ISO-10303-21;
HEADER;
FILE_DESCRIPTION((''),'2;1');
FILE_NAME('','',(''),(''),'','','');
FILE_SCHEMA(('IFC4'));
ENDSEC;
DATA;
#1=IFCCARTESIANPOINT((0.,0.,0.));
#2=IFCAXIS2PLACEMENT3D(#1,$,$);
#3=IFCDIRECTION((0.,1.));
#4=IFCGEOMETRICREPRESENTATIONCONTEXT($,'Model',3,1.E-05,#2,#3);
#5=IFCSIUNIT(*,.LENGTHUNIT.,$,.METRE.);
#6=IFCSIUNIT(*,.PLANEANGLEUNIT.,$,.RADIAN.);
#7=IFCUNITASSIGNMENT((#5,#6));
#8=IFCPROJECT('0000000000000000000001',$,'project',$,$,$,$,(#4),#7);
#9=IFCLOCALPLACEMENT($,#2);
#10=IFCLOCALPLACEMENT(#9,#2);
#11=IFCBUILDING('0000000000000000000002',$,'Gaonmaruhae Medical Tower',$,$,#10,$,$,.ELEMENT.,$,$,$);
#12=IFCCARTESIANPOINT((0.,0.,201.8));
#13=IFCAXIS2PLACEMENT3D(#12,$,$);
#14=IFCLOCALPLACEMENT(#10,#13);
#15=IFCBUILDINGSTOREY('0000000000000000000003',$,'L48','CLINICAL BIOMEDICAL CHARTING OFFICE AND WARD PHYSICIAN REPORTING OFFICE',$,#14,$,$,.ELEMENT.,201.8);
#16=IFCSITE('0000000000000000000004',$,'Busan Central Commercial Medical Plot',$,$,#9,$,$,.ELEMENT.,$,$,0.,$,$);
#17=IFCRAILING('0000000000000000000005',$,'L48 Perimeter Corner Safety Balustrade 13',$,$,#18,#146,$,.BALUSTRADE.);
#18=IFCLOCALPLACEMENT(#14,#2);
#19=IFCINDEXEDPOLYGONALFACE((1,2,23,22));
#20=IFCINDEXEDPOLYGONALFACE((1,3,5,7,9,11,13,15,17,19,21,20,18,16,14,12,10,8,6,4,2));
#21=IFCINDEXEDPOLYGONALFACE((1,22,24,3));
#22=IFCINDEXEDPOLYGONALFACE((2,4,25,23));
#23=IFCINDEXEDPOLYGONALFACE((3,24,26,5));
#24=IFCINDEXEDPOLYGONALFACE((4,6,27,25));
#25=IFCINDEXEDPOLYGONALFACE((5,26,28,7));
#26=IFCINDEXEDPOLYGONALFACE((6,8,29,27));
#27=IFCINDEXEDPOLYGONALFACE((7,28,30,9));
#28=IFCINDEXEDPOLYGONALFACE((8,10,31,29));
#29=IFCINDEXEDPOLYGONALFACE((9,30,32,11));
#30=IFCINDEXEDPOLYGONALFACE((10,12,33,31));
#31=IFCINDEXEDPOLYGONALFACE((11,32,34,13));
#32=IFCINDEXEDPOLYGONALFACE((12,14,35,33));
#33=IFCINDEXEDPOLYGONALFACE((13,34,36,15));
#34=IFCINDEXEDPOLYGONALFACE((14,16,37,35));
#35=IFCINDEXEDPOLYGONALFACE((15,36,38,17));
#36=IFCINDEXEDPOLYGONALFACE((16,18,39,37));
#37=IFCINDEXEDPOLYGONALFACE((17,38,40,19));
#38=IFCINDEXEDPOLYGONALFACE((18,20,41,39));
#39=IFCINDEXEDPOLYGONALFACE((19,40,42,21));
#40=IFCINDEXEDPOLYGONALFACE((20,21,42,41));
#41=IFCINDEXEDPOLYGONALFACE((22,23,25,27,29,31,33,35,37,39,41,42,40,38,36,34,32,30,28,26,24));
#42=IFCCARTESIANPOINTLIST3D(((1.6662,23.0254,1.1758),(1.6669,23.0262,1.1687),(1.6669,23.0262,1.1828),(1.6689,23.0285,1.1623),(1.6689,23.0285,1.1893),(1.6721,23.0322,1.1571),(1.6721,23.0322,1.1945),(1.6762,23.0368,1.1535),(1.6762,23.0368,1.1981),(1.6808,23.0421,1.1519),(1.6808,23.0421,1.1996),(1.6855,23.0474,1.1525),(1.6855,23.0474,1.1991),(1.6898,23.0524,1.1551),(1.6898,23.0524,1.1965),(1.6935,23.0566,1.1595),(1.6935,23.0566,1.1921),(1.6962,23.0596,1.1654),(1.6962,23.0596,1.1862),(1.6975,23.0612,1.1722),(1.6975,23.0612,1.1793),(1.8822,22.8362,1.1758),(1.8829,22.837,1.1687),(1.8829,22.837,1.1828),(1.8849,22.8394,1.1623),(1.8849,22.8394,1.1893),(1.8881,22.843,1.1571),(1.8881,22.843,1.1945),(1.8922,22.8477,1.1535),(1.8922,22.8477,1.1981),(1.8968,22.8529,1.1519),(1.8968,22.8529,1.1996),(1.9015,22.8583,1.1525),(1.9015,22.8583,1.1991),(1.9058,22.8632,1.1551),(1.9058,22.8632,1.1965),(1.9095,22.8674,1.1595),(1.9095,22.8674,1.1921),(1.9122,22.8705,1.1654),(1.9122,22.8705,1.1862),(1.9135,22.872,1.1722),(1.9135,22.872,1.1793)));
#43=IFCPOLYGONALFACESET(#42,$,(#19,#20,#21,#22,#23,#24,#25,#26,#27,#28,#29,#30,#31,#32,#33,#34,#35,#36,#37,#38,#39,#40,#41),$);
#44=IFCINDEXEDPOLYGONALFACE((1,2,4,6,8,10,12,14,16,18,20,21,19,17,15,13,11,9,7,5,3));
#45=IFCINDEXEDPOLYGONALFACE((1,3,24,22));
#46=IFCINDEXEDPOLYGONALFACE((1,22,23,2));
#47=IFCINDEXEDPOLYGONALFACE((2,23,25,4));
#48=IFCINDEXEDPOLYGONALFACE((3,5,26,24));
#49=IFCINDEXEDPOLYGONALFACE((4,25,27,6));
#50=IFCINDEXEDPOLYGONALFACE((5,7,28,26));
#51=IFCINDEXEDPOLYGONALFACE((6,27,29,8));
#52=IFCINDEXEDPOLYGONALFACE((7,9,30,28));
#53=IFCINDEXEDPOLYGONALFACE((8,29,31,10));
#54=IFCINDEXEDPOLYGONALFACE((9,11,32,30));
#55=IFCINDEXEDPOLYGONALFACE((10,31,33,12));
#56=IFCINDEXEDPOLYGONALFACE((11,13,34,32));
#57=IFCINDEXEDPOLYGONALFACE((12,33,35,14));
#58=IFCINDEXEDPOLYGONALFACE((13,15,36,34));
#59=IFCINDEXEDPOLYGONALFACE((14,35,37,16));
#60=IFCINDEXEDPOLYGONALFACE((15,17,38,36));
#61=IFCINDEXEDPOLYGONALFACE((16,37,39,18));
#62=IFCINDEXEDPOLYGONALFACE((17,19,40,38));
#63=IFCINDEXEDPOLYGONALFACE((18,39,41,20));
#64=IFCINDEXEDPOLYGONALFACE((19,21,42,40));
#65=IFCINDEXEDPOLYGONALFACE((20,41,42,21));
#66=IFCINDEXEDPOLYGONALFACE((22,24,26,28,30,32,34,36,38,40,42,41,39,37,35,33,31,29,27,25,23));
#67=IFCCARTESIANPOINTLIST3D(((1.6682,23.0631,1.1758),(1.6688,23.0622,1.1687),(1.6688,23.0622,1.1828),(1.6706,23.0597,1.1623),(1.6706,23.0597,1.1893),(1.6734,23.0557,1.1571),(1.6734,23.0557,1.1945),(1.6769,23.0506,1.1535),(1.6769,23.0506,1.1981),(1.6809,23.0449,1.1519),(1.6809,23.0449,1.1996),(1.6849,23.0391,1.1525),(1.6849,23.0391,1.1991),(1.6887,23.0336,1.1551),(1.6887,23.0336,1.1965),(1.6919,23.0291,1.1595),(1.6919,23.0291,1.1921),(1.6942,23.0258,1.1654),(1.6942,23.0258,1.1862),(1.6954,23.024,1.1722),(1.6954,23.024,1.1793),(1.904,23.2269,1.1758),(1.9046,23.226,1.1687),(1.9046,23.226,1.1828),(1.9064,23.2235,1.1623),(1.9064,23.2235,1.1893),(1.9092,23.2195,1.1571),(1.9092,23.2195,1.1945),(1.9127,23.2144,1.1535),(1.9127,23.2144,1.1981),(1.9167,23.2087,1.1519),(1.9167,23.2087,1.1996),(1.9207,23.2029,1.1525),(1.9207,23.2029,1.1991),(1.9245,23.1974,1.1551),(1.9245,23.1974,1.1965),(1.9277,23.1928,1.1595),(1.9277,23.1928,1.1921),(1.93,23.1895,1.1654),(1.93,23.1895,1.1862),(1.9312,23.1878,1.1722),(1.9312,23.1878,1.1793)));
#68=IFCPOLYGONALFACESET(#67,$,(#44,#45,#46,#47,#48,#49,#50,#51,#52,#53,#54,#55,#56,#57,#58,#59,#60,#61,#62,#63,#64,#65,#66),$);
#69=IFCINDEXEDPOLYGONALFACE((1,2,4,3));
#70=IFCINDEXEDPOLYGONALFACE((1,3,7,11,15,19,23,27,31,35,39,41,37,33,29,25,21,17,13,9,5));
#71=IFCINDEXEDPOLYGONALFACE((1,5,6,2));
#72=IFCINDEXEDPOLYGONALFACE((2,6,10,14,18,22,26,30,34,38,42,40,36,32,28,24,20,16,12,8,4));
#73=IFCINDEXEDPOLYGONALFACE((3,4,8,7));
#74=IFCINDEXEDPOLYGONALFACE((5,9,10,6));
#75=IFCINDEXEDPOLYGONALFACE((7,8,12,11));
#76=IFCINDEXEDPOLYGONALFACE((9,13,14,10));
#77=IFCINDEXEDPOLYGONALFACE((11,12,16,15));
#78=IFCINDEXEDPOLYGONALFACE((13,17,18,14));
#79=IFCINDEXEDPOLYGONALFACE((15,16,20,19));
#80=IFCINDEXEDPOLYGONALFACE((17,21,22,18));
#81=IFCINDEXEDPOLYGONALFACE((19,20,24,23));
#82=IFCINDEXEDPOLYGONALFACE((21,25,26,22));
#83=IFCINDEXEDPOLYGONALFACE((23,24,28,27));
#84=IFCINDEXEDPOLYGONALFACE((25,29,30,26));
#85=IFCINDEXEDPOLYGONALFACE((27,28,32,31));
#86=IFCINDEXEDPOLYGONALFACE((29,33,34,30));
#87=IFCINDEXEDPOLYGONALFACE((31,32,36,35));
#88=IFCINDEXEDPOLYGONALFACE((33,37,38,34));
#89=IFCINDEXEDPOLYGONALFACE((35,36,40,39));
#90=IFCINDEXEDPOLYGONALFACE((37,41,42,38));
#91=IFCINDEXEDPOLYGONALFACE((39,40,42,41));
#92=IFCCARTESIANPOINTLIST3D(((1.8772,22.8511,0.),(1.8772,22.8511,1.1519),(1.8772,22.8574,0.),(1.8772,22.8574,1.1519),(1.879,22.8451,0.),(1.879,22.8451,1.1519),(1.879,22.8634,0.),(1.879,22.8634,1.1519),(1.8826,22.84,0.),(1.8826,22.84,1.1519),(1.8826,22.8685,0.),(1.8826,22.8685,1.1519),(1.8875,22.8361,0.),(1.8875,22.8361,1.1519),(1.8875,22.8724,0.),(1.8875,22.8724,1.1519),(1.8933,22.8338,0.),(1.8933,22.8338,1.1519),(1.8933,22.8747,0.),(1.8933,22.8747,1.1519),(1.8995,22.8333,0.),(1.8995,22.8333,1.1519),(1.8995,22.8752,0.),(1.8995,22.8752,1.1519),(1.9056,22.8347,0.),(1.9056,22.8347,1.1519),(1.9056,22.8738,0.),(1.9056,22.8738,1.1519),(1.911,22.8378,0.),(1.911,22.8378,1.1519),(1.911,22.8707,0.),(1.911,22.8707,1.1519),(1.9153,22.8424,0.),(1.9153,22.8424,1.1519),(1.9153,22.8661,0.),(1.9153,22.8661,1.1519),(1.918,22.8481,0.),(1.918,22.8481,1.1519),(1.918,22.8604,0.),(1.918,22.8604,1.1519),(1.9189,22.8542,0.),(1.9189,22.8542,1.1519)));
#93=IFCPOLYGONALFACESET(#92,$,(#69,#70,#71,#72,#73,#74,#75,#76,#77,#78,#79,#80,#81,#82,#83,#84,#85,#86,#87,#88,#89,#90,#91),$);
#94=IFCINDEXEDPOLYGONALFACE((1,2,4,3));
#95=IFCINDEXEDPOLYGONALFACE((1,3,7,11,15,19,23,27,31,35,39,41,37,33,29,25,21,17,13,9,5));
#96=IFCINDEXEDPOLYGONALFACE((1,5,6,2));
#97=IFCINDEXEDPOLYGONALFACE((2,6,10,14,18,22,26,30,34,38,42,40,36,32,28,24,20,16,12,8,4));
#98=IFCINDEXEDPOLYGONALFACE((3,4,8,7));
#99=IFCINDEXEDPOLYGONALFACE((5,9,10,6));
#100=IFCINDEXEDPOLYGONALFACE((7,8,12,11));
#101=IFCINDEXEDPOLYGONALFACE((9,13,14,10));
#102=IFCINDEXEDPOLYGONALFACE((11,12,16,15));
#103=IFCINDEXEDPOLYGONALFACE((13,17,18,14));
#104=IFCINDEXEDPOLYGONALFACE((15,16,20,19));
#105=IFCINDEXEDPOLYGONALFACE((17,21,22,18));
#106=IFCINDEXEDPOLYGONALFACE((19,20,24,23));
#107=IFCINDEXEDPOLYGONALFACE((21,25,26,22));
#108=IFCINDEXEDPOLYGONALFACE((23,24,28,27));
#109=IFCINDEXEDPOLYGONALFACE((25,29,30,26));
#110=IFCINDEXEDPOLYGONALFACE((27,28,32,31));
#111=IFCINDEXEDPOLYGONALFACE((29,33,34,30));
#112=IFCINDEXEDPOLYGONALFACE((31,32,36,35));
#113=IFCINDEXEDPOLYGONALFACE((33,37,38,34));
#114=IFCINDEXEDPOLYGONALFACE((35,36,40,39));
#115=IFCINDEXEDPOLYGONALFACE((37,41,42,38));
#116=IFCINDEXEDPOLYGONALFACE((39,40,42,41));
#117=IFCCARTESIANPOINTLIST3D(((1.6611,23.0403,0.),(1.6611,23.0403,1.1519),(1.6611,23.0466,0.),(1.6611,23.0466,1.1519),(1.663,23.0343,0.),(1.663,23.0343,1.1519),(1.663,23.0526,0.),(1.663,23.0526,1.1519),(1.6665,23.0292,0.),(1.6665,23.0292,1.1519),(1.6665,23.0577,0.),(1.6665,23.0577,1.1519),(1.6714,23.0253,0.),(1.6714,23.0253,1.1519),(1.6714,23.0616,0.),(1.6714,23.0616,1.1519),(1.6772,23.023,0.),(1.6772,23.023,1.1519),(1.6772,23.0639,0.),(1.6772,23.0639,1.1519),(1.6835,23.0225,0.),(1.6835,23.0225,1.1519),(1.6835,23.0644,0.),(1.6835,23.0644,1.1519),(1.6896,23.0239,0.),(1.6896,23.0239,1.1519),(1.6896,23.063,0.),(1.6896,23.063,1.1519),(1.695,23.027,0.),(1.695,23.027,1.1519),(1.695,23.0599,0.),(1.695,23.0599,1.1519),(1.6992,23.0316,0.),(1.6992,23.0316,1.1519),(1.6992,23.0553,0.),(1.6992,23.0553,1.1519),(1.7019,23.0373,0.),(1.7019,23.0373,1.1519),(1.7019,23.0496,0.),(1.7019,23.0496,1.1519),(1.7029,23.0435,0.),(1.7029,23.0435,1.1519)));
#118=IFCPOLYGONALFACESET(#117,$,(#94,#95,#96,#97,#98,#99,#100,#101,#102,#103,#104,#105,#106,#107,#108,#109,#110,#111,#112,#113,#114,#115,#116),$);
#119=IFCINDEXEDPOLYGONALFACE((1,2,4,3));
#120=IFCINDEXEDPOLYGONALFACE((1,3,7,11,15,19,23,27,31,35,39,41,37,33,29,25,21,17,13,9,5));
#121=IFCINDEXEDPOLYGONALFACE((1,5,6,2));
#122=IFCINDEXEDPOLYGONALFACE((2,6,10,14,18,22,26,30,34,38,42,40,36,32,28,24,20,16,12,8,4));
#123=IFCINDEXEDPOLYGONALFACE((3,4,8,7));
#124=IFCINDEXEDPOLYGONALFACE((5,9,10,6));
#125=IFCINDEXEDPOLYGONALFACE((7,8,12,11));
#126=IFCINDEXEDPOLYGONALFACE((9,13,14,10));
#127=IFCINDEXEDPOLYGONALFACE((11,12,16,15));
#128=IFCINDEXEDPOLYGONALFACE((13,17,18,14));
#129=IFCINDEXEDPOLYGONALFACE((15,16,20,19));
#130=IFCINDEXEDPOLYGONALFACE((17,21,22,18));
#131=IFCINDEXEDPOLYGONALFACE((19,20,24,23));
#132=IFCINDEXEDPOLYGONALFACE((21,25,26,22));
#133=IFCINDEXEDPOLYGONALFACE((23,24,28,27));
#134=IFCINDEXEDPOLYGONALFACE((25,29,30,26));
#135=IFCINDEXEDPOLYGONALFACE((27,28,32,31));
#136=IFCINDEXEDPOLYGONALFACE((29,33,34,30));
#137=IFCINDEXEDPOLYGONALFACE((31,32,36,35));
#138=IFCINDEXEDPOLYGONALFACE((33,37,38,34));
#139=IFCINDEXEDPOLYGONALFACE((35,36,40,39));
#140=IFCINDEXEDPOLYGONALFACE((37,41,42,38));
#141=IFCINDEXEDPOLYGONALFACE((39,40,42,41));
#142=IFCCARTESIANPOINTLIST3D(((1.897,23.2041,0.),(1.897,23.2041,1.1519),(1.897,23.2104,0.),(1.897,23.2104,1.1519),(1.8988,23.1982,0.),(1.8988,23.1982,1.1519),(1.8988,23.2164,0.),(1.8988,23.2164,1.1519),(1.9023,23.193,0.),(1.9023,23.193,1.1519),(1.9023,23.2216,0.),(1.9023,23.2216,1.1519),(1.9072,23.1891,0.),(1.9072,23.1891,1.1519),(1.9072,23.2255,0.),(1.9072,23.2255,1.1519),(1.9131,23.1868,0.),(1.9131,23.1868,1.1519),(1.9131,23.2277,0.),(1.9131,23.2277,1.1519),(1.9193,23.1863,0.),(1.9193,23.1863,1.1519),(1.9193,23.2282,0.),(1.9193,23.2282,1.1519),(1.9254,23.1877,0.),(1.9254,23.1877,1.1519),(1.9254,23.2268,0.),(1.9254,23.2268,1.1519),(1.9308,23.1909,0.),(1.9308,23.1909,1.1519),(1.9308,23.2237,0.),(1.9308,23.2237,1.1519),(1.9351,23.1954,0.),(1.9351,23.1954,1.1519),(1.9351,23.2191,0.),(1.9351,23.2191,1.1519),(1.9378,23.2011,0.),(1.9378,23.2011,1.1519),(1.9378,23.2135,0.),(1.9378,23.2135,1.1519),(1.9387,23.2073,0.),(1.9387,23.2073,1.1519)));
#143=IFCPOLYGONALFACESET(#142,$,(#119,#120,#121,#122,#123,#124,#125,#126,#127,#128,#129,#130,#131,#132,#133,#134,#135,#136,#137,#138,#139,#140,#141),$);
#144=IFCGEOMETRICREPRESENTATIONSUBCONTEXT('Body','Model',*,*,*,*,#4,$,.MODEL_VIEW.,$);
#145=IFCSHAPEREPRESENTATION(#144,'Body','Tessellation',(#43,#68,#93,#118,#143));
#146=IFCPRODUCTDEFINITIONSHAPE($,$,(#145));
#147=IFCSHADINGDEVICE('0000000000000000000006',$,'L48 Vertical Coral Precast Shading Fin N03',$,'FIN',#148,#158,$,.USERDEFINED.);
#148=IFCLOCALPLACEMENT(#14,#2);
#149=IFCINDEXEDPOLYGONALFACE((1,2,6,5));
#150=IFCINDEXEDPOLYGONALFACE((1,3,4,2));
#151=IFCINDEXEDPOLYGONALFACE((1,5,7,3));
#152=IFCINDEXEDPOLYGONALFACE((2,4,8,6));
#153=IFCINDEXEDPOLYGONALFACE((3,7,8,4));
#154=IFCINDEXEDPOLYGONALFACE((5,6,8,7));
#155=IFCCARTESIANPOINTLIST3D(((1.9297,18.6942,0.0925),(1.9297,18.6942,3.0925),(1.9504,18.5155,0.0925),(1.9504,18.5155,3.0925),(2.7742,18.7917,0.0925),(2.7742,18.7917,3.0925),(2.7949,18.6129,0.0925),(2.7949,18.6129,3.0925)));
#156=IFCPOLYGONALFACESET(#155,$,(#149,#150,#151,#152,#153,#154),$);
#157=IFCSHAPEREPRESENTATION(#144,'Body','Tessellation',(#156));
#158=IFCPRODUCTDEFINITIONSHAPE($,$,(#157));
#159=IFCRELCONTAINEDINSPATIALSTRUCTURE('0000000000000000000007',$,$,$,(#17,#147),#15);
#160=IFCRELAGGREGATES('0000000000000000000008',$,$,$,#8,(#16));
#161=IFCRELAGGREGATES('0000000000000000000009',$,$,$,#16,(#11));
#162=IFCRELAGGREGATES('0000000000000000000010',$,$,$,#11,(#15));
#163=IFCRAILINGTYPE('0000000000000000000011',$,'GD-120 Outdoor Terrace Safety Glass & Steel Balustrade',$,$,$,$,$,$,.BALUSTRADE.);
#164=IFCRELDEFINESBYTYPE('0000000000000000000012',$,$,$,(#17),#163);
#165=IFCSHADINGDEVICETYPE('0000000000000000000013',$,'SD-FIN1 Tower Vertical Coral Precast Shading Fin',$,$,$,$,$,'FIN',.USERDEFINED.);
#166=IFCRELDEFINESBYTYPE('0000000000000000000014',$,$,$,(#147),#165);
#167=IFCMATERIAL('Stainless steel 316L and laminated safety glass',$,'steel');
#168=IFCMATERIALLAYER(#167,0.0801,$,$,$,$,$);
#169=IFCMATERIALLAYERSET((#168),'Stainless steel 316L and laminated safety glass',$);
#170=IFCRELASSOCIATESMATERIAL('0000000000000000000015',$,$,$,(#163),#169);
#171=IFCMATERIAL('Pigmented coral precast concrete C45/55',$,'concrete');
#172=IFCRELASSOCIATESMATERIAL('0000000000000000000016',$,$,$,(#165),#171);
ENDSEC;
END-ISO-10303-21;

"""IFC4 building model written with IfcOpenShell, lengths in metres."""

from ifc_helpers import new_model, si_unit, direction, frame, origin, origin_2d, place, context, subcontext, project, spatial, rectangle, circle, extrude, material, layer, layer_set, type_object, element, save


model = new_model("IFC4")

# Units and contexts
model_context = context("Model", 3, precision=1e-05, world=origin(), true_north=direction((0.0, 1.0)))
body_context = subcontext(model_context, "Body", "Model", "MODEL_VIEW")
ifc_project = project(units=[si_unit("LENGTHUNIT", "METRE"), si_unit("PLANEANGLEUNIT", "RADIAN")], contexts=[model_context])

# Site, building, storey
site_placement = place(None, origin())
site = spatial("IfcSite", under=ifc_project, at=site_placement, Name="Busan Central Commercial Medical Plot", CompositionType="ELEMENT", RefElevation=0.0)
building_placement = place(site_placement, origin())
building = spatial("IfcBuilding", under=site, at=building_placement, Name="Gaonmaruhae Medical Tower", CompositionType="ELEMENT")
storey_placement = place(building_placement, frame((0.0, 0.0, 201.8)))
storey = spatial("IfcBuildingStorey", under=building, at=storey_placement, Name="L48", Description="CLINICAL BIOMEDICAL CHARTING OFFICE AND WARD PHYSICIAN REPORTING OFFICE", CompositionType="ELEMENT", Elevation=201.8)

# Railing
ifc_material_1 = material(Name="Stainless steel 316L and laminated safety glass", Category="steel")
ifc_layer_1 = layer(ifc_material_1, 0.0801)
ifc_layer_set_1 = layer_set([ifc_layer_1], Name="Stainless steel 316L and laminated safety glass")
railing_type = type_object("IfcRailingType", Name="GD-120 Outdoor Terrace Safety Glass & Steel Balustrade", PredefinedType="BALUSTRADE", material=ifc_layer_set_1)
railing_1_placement = place(storey_placement, frame((1.8979, 22.8542, 0.0)))
element("IfcRailing", 1, at=railing_1_placement, inside=storey, type_object=railing_type, Name="L48 Perimeter Corner Safety Balustrade 13", PredefinedType="BALUSTRADE", context=body_context, shape_type="SweptSolid", body=[
    extrude(circle(Radius=0.0239, at=origin_2d()), frame((0.0, 0.0, 1.1758), z_axis=(-0.752313, 0.658805, 0.0), x_axis=(-0.658805, -0.752313, 0.0)), (0.0, 0.0, 1.0), 0.2871),
    extrude(circle(Radius=0.0239, at=origin_2d()), frame((-0.2161, 0.1892, 1.1758), z_axis=(0.821304, 0.570491, 0.0), x_axis=(-0.570491, 0.821304, 0.0)), (0.0, 0.0, 1.0), 0.2871),
    extrude(circle(Radius=0.021, at=origin_2d()), origin(), (0.0, 0.0, 1.0), 1.1519),
    extrude(circle(Radius=0.021, at=origin_2d()), frame((-0.2161, 0.1892, 0.0)), (0.0, 0.0, 1.0), 1.1519),
    extrude(circle(Radius=0.021, at=origin_2d()), frame((0.0198, 0.353, 0.0)), (0.0, 0.0, 1.0), 1.1519),
])

# Shading device
ifc_material_2 = material(Name="Pigmented coral precast concrete C45/55", Category="concrete")
shading_device_type = type_object("IfcShadingDeviceType", Name="SD-FIN1 Tower Vertical Coral Precast Shading Fin", ElementType="FIN", PredefinedType="USERDEFINED", material=ifc_material_2)
shading_device_placement = place(storey_placement, frame((2.3623, 18.6536, 0.0925), z_axis=(0.0, 0.0, 1.0), x_axis=(-0.114625, 0.993409, 0.0)))
element("IfcShadingDevice", 2, at=shading_device_placement, inside=storey, type_object=shading_device_type, Name="L48 Vertical Coral Precast Shading Fin N03", ObjectType="FIN", PredefinedType="USERDEFINED", context=body_context, shape_type="SweptSolid", body=[
    extrude(rectangle(XDim=0.1799, YDim=0.8501, at=origin_2d()), origin(), (0.0, 0.0, 1.0), 3.0),
])

save(model, "model.ifc")
